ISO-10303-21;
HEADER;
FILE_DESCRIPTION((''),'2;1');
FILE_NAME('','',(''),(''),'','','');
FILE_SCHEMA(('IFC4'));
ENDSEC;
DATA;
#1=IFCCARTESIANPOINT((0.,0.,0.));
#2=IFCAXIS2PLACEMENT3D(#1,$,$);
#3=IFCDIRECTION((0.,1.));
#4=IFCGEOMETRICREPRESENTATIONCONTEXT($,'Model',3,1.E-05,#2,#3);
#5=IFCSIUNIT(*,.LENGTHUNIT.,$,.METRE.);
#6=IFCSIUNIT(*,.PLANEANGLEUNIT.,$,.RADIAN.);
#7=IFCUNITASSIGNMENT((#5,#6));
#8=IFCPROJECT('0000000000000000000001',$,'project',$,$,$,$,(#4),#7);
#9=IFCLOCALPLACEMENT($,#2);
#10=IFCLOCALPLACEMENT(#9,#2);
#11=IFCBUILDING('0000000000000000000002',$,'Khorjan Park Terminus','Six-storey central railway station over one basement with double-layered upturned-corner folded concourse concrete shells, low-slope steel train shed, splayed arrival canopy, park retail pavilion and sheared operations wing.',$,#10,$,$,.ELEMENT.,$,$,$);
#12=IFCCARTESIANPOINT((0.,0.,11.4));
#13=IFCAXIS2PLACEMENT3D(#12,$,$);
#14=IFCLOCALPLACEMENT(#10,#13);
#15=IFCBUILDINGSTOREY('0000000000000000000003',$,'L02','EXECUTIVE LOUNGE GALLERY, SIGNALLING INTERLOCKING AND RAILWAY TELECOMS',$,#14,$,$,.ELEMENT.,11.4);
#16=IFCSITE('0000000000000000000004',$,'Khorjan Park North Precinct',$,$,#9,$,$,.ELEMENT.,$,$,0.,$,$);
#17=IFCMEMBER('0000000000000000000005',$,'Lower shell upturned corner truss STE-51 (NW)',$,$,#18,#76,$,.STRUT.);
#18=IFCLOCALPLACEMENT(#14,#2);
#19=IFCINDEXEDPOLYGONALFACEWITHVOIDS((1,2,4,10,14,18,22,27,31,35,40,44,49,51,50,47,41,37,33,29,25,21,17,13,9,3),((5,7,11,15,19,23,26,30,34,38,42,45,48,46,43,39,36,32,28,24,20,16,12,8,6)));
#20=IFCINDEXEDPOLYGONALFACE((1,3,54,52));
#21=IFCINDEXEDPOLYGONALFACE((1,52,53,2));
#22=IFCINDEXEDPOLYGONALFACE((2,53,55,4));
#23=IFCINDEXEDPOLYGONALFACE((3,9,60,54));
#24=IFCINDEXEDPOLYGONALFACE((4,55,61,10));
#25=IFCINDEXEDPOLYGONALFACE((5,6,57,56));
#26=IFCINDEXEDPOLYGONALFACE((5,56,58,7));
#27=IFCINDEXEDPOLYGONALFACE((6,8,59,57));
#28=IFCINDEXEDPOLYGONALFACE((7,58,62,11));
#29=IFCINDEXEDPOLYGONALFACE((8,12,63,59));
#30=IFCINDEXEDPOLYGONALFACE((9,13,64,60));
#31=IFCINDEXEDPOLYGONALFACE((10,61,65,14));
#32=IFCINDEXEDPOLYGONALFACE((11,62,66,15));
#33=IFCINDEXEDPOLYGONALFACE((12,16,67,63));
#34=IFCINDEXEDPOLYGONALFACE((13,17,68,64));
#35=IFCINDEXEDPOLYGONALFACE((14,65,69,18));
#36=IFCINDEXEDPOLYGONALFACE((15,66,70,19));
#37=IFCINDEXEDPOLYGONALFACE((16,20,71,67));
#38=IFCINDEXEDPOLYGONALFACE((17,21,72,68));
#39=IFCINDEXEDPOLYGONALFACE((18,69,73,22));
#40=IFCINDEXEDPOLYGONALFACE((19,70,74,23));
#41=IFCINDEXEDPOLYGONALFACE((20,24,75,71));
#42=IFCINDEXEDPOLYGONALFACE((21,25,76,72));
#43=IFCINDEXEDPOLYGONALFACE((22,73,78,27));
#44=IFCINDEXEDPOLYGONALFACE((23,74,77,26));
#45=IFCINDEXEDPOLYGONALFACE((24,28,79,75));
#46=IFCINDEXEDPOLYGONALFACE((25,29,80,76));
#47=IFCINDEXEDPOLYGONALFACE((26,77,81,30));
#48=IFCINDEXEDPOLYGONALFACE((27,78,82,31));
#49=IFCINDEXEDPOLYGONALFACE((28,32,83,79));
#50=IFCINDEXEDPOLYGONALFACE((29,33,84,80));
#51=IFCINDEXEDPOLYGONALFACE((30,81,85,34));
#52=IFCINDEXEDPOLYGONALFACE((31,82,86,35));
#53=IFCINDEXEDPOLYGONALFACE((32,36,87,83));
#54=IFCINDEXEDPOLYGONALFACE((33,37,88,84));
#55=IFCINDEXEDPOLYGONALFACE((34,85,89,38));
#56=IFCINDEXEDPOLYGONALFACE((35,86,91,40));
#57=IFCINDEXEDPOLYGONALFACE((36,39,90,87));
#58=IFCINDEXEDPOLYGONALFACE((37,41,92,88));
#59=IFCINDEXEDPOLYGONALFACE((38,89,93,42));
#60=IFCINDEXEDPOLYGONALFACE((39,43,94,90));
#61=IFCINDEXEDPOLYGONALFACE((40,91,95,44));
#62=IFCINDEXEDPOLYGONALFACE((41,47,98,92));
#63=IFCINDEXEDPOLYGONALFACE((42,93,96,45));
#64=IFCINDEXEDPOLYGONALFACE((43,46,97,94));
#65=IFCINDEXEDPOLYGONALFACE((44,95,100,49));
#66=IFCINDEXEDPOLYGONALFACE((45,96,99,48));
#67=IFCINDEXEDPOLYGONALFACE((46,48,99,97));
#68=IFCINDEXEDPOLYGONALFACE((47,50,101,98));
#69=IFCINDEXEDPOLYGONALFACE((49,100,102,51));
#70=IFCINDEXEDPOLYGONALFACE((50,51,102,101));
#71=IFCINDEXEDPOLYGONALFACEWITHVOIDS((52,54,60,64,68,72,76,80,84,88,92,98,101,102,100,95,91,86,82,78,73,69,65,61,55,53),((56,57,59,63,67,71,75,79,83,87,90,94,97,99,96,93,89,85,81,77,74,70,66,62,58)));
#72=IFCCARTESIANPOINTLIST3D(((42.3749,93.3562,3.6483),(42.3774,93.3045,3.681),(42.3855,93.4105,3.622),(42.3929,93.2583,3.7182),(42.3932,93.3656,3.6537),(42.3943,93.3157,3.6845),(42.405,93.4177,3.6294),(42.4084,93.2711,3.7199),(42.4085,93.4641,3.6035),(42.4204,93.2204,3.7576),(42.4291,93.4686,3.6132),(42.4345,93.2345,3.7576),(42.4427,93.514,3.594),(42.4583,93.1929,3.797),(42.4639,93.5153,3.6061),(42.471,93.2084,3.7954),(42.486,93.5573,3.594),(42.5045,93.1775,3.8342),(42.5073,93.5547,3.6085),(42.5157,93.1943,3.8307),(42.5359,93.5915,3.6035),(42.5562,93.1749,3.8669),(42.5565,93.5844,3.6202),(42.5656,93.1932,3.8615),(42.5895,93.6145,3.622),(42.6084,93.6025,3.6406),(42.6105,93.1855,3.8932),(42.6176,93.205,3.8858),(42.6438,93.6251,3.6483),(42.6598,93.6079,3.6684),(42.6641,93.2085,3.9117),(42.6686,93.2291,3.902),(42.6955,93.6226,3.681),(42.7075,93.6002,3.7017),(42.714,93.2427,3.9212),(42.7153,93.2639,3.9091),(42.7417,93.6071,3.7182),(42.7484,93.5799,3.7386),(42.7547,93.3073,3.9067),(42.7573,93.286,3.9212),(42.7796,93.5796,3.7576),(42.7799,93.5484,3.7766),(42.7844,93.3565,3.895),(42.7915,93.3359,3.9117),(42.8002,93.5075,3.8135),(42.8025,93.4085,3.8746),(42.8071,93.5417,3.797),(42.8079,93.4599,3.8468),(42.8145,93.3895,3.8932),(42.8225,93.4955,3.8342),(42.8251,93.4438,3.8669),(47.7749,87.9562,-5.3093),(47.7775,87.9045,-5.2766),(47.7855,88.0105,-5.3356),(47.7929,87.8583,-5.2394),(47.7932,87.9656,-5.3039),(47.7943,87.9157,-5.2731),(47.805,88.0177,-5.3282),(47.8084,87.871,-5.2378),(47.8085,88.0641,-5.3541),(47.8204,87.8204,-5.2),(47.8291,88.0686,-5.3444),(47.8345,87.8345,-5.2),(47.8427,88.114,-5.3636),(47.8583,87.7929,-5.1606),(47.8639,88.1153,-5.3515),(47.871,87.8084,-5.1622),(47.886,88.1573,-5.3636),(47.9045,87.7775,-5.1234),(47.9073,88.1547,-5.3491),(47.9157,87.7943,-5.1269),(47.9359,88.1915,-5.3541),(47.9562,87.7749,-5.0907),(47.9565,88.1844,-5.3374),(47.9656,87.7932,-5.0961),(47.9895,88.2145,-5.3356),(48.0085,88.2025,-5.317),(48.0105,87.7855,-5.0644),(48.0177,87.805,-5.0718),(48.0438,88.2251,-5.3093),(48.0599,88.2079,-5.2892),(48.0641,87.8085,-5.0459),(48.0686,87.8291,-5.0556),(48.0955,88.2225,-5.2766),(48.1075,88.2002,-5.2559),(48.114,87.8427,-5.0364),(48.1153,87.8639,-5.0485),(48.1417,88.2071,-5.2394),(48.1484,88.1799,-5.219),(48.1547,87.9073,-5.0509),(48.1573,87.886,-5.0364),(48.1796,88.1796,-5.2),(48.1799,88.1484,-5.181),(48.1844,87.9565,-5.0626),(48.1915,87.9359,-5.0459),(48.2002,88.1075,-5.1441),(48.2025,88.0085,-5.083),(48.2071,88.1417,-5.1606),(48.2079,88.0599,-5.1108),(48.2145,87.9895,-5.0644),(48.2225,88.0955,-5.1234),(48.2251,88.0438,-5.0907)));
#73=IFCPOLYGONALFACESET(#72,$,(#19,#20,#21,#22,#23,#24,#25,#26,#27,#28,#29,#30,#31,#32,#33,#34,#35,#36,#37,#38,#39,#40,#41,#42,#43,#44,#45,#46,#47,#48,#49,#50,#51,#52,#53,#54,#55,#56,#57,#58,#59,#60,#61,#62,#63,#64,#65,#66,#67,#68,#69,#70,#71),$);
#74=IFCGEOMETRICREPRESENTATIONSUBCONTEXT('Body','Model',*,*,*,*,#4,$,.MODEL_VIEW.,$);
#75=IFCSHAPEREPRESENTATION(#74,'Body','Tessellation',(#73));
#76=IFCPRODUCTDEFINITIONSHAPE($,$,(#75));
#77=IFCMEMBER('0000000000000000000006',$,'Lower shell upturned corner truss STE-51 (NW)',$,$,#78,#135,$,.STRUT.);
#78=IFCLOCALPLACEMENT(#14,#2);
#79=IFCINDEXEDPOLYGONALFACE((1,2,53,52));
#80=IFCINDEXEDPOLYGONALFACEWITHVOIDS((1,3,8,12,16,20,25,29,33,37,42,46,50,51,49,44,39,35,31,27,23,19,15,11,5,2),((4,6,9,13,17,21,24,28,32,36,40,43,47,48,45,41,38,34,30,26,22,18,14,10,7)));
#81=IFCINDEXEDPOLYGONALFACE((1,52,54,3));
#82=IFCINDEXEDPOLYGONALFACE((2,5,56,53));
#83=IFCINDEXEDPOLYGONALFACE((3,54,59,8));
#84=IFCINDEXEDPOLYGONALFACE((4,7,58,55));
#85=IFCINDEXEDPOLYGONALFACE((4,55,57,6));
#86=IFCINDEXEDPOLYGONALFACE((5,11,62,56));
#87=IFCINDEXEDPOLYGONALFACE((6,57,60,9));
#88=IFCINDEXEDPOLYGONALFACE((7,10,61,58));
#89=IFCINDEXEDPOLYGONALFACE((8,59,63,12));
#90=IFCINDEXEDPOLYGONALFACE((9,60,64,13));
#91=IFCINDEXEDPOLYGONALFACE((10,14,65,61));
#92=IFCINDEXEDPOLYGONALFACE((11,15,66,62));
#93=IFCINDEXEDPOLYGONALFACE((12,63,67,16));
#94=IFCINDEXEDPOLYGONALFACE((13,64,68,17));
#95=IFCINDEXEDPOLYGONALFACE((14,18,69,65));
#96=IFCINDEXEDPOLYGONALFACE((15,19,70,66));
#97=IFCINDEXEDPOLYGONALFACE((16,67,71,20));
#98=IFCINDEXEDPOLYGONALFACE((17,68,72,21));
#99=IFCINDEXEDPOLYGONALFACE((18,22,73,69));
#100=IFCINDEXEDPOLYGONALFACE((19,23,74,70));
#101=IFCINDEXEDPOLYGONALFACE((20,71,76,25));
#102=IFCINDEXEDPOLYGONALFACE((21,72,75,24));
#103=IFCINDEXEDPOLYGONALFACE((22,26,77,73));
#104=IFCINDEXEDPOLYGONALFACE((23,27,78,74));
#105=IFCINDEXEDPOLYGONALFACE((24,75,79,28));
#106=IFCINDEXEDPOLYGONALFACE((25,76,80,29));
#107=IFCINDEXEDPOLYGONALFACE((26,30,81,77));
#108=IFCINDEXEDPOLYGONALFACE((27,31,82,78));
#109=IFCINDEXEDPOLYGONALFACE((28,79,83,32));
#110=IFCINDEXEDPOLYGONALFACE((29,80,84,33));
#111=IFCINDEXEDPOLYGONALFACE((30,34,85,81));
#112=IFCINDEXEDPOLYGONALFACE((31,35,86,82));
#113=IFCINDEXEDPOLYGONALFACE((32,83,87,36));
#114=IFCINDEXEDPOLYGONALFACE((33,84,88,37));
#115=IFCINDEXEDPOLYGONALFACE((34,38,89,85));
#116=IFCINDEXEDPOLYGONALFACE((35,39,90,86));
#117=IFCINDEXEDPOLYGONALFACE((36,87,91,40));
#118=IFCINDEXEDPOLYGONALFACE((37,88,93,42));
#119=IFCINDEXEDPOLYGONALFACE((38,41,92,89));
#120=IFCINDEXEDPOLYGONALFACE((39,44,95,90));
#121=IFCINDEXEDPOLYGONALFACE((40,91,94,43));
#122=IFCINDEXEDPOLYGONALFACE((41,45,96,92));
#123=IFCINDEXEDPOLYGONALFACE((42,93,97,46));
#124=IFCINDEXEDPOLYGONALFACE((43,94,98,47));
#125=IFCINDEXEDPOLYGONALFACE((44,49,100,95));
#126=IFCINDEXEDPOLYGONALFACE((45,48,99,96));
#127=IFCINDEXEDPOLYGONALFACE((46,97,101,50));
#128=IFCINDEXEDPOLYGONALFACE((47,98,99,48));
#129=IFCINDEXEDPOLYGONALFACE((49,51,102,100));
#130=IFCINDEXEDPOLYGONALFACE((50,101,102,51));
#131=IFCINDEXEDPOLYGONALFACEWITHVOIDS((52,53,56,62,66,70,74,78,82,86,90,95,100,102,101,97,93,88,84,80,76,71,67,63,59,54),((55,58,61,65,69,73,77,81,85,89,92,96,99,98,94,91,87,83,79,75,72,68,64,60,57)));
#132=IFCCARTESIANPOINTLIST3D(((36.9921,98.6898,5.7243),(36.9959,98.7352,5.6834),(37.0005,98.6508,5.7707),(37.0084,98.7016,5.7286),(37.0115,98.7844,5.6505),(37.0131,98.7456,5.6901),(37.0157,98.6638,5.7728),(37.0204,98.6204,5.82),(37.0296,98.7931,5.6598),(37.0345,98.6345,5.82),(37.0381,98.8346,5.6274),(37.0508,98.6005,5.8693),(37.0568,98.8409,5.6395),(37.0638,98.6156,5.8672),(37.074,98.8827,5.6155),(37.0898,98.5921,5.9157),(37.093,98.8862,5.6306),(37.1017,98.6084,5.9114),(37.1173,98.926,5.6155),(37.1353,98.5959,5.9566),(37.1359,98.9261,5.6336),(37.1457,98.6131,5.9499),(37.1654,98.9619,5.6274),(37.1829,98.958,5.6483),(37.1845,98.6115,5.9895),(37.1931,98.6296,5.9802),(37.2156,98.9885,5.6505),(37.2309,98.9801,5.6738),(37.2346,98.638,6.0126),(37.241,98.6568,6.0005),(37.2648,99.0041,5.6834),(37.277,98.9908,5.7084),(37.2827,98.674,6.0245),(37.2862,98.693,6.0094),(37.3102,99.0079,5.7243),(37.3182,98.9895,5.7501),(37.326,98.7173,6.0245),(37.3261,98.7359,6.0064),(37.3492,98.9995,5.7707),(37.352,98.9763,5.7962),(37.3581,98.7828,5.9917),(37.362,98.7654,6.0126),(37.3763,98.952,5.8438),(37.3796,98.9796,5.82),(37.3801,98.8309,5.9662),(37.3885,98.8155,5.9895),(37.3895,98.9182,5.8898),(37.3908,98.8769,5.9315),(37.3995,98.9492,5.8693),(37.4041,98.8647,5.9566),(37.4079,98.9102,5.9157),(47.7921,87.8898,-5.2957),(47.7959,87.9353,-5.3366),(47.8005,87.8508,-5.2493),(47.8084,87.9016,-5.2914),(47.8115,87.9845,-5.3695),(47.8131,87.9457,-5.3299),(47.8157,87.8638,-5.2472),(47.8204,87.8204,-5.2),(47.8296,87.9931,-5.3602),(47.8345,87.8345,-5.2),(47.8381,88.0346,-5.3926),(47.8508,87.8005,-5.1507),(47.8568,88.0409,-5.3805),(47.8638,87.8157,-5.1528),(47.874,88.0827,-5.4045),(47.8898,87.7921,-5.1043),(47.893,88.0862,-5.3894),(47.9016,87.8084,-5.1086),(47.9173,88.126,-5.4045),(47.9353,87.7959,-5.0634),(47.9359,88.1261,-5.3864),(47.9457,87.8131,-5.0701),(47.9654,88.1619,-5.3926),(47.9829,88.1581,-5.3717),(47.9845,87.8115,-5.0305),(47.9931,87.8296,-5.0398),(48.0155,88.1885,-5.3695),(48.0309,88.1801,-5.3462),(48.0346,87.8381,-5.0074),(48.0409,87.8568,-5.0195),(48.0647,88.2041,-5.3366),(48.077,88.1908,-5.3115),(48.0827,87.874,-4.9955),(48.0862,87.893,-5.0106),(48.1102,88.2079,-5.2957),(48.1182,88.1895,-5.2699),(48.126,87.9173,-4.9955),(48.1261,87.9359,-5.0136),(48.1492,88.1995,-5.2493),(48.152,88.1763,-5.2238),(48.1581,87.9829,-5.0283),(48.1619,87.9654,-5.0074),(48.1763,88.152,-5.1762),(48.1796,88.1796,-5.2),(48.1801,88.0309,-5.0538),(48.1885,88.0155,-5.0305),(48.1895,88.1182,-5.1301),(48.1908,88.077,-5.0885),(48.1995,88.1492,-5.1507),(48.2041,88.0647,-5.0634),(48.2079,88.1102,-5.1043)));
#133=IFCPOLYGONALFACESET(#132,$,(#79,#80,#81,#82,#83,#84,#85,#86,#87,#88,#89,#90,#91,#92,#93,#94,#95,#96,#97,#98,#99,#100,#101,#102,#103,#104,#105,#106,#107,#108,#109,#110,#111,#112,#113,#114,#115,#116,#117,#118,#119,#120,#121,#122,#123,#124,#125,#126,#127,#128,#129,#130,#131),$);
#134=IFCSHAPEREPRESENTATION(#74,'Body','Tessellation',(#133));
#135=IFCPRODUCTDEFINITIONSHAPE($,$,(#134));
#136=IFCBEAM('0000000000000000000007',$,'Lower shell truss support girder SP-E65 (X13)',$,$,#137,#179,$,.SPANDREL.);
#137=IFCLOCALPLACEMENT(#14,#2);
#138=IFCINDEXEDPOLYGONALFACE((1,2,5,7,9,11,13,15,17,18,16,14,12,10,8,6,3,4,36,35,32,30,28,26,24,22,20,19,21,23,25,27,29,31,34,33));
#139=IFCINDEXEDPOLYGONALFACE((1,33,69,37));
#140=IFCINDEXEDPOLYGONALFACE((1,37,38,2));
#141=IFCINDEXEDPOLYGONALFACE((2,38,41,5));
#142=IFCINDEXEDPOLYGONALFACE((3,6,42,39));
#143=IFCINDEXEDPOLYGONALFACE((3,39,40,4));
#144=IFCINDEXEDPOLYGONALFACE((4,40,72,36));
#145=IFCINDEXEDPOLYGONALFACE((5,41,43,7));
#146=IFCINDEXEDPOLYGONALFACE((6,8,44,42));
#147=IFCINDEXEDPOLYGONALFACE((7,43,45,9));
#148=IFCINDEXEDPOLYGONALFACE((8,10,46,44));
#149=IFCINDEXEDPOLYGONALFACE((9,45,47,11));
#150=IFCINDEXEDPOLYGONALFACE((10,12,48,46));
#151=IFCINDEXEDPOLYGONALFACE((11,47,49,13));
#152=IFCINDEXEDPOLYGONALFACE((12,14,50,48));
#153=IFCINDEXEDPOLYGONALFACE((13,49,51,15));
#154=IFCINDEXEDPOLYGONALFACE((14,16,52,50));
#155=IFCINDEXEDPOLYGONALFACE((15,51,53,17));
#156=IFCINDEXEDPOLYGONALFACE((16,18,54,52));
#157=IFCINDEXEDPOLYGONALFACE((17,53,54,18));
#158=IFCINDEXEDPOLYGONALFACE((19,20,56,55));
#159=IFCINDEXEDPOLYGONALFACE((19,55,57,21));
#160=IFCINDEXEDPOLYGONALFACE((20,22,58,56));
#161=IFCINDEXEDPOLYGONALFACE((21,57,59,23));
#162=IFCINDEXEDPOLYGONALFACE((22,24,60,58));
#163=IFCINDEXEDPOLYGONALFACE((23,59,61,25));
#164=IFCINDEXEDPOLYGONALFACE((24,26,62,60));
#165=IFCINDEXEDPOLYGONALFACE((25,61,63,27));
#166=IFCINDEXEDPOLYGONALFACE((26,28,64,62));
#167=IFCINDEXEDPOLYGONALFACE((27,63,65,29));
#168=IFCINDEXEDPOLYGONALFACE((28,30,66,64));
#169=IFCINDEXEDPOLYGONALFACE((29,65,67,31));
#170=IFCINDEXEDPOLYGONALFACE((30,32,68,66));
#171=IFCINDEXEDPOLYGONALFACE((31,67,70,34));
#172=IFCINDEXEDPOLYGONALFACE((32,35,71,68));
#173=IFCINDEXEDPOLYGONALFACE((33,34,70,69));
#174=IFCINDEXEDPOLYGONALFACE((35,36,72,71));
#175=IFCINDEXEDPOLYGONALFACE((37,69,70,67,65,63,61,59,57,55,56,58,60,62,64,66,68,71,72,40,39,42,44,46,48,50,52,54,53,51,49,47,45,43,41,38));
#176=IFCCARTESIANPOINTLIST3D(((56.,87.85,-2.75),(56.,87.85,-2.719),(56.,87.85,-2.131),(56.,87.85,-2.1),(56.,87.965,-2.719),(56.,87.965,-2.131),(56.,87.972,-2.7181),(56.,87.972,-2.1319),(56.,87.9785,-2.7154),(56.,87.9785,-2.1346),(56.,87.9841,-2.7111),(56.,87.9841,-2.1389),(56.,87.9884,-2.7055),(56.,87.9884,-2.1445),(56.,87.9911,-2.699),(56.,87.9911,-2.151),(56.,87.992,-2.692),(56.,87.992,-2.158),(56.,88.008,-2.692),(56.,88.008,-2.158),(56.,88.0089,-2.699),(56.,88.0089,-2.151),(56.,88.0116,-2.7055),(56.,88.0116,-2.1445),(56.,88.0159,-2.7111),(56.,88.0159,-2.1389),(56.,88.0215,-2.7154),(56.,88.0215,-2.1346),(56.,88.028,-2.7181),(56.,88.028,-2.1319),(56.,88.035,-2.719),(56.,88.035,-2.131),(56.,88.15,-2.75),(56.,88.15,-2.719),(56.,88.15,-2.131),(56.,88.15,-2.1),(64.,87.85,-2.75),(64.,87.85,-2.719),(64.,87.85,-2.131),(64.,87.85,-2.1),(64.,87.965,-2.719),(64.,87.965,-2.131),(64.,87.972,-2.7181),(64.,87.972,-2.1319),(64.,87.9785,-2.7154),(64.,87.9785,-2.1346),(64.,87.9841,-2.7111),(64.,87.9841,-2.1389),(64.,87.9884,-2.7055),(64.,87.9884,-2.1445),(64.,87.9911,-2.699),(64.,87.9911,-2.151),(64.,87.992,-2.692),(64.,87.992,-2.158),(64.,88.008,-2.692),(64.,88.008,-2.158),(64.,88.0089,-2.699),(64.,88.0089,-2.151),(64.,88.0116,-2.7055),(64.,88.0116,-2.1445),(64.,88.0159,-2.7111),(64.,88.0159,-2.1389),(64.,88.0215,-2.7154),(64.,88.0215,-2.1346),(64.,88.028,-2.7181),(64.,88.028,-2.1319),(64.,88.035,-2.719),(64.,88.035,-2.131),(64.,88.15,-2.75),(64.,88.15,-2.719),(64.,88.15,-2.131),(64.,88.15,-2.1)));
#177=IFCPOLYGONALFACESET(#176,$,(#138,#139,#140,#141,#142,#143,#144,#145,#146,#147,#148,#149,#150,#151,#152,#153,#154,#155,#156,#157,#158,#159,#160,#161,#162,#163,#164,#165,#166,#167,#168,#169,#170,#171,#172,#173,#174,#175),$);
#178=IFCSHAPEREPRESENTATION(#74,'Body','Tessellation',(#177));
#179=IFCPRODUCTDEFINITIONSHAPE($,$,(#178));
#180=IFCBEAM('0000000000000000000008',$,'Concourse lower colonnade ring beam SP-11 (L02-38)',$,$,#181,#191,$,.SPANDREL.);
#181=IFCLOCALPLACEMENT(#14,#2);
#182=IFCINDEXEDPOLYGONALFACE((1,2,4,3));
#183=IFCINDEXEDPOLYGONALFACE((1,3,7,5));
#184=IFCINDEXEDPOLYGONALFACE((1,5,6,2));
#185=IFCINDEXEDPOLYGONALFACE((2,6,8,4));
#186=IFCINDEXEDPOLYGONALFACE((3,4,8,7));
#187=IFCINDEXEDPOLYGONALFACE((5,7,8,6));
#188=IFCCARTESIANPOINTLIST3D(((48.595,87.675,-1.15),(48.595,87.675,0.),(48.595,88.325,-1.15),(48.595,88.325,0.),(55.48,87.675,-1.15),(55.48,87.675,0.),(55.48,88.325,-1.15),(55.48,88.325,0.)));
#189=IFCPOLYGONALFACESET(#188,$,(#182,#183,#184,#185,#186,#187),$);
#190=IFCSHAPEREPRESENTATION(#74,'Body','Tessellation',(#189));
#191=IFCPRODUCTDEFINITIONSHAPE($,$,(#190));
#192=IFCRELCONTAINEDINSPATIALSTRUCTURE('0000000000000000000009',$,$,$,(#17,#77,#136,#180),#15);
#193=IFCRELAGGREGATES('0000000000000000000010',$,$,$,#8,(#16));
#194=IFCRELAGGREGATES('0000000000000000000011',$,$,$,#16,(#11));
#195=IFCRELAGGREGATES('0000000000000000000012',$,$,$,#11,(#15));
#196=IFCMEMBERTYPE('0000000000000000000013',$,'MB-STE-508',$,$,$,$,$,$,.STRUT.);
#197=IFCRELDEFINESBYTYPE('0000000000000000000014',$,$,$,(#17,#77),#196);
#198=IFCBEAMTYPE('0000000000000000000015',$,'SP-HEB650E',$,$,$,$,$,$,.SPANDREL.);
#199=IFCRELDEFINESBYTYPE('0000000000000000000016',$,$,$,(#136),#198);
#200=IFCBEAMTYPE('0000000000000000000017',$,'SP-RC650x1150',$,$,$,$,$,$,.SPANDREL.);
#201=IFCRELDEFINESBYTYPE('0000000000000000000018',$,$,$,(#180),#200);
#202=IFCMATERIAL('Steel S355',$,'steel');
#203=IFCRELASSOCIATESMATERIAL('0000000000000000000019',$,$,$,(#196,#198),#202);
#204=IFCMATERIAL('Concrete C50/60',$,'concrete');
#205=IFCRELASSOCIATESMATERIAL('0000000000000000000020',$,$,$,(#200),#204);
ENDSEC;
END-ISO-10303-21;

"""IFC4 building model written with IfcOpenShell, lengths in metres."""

from ifc_helpers import new_model, si_unit, direction, frame, origin, origin_2d, place, context, subcontext, project, spatial, rectangle, hollow_circle, i_section, extrude, material, material_profile, profile_set, type_object, element, save


model = new_model("IFC4")

# Units and contexts
model_context = context("Model", 3, precision=1e-05, world=origin(), true_north=direction((0.0, 1.0)))
body_context = subcontext(model_context, "Body", "Model", "MODEL_VIEW")
ifc_project = project(units=[si_unit("LENGTHUNIT", "METRE"), si_unit("PLANEANGLEUNIT", "RADIAN")], contexts=[model_context])

# Site, building, storey
site_placement = place(None, origin())
site = spatial("IfcSite", under=ifc_project, at=site_placement, Name="Khorjan Park North Precinct", CompositionType="ELEMENT", RefElevation=0.0)
building_placement = place(site_placement, origin())
building = spatial("IfcBuilding", under=site, at=building_placement, Name="Khorjan Park Terminus", Description="Six-storey central railway station over one basement with double-layered upturned-corner folded concourse concrete shells, low-slope steel train shed, splayed arrival canopy, park retail pavilion and sheared operations wing.", CompositionType="ELEMENT")
storey_placement = place(building_placement, frame((0.0, 0.0, 11.4)))
storey = spatial("IfcBuildingStorey", under=building, at=storey_placement, Name="L02", Description="EXECUTIVE LOUNGE GALLERY, SIGNALLING INTERLOCKING AND RAILWAY TELECOMS", CompositionType="ELEMENT", Elevation=11.4)

# Shared definitions
ifc_material_1 = material(Name="Concrete C50/60", Category="concrete")

# Members
ifc_material_2 = material(Name="Steel S355", Category="steel")
ifc_material_profile_1 = material_profile(ifc_material_2, hollow_circle(Radius=0.254, WallThickness=0.02, at=origin_2d()), Name="CHS 508x20")
ifc_profile_set_1 = profile_set([ifc_material_profile_1], Name="Steel S355")
member_type_1 = type_object("IfcMemberType", Name="MB-STE-508", PredefinedType="STRUT", material=ifc_profile_set_1)
member_1_placement = place(storey_placement, frame((48.0, 88.0, -5.2), z_axis=(-0.458751, 0.458751, 0.760983), x_axis=(-0.707107, -0.707107, 0.0)))
element("IfcMember", 1, at=member_1_placement, inside=storey, type_object=member_type_1, Name="Lower shell upturned corner truss STE-51 (NW)", PredefinedType="STRUT", context=body_context, shape_type="SweptSolid", body=[
    extrude(hollow_circle(Radius=0.254, WallThickness=0.02, at=origin_2d()), origin(), (0.0, 0.0, 1.0), 11.7711),
])
member_2_placement = place(storey_placement, frame((48.0, 88.0, -5.2), z_axis=(-0.57343, 0.57343, 0.585111), x_axis=(-0.707107, -0.707107, 0.0)))
element("IfcMember", 2, at=member_2_placement, inside=storey, type_object=member_type_1, Name="Lower shell upturned corner truss STE-51 (NW)", PredefinedType="STRUT", context=body_context, shape_type="SweptSolid", body=[
    extrude(hollow_circle(Radius=0.254, WallThickness=0.02, at=origin_2d()), origin(), (0.0, 0.0, 1.0), 18.834),
])

# Beams
ifc_material_profile_2 = material_profile(ifc_material_2, i_section(OverallWidth=0.3, OverallDepth=0.65, WebThickness=0.016, FlangeThickness=0.031, FilletRadius=0.027, at=origin_2d()), Name="HEB 650")
ifc_profile_set_2 = profile_set([ifc_material_profile_2], Name="Steel S355")
beam_type_1 = type_object("IfcBeamType", Name="SP-HEB650E", PredefinedType="SPANDREL", material=ifc_profile_set_2)
beam_1_placement = place(storey_placement, frame((56.0, 88.0, -2.425), z_axis=(1.0, 0.0, 0.0), x_axis=(0.0, 1.0, 0.0)))
element("IfcBeam", 3, at=beam_1_placement, inside=storey, type_object=beam_type_1, Name="Lower shell truss support girder SP-E65 (X13)", PredefinedType="SPANDREL", context=body_context, shape_type="SweptSolid", body=[
    extrude(i_section(OverallWidth=0.3, OverallDepth=0.65, WebThickness=0.016, FlangeThickness=0.031, FilletRadius=0.027, at=origin_2d()), origin(), (0.0, 0.0, 1.0), 8.0),
])
ifc_material_profile_3 = material_profile(ifc_material_1, rectangle(XDim=0.65, YDim=1.15, at=origin_2d()), Name="RC 650x1150")
ifc_profile_set_3 = profile_set([ifc_material_profile_3], Name="Concrete C50/60")
beam_type_2 = type_object("IfcBeamType", Name="SP-RC650x1150", PredefinedType="SPANDREL", material=ifc_profile_set_3)
beam_2_placement = place(storey_placement, frame((48.595, 88.0, -0.575), z_axis=(1.0, 0.0, 0.0), x_axis=(0.0, 1.0, 0.0)))
element("IfcBeam", 4, at=beam_2_placement, inside=storey, type_object=beam_type_2, Name="Concourse lower colonnade ring beam SP-11 (L02-38)", PredefinedType="SPANDREL", context=body_context, shape_type="SweptSolid", body=[
    extrude(rectangle(XDim=0.65, YDim=1.15, at=origin_2d()), origin(), (0.0, 0.0, 1.0), 6.885),
])

save(model, "model.ifc")
